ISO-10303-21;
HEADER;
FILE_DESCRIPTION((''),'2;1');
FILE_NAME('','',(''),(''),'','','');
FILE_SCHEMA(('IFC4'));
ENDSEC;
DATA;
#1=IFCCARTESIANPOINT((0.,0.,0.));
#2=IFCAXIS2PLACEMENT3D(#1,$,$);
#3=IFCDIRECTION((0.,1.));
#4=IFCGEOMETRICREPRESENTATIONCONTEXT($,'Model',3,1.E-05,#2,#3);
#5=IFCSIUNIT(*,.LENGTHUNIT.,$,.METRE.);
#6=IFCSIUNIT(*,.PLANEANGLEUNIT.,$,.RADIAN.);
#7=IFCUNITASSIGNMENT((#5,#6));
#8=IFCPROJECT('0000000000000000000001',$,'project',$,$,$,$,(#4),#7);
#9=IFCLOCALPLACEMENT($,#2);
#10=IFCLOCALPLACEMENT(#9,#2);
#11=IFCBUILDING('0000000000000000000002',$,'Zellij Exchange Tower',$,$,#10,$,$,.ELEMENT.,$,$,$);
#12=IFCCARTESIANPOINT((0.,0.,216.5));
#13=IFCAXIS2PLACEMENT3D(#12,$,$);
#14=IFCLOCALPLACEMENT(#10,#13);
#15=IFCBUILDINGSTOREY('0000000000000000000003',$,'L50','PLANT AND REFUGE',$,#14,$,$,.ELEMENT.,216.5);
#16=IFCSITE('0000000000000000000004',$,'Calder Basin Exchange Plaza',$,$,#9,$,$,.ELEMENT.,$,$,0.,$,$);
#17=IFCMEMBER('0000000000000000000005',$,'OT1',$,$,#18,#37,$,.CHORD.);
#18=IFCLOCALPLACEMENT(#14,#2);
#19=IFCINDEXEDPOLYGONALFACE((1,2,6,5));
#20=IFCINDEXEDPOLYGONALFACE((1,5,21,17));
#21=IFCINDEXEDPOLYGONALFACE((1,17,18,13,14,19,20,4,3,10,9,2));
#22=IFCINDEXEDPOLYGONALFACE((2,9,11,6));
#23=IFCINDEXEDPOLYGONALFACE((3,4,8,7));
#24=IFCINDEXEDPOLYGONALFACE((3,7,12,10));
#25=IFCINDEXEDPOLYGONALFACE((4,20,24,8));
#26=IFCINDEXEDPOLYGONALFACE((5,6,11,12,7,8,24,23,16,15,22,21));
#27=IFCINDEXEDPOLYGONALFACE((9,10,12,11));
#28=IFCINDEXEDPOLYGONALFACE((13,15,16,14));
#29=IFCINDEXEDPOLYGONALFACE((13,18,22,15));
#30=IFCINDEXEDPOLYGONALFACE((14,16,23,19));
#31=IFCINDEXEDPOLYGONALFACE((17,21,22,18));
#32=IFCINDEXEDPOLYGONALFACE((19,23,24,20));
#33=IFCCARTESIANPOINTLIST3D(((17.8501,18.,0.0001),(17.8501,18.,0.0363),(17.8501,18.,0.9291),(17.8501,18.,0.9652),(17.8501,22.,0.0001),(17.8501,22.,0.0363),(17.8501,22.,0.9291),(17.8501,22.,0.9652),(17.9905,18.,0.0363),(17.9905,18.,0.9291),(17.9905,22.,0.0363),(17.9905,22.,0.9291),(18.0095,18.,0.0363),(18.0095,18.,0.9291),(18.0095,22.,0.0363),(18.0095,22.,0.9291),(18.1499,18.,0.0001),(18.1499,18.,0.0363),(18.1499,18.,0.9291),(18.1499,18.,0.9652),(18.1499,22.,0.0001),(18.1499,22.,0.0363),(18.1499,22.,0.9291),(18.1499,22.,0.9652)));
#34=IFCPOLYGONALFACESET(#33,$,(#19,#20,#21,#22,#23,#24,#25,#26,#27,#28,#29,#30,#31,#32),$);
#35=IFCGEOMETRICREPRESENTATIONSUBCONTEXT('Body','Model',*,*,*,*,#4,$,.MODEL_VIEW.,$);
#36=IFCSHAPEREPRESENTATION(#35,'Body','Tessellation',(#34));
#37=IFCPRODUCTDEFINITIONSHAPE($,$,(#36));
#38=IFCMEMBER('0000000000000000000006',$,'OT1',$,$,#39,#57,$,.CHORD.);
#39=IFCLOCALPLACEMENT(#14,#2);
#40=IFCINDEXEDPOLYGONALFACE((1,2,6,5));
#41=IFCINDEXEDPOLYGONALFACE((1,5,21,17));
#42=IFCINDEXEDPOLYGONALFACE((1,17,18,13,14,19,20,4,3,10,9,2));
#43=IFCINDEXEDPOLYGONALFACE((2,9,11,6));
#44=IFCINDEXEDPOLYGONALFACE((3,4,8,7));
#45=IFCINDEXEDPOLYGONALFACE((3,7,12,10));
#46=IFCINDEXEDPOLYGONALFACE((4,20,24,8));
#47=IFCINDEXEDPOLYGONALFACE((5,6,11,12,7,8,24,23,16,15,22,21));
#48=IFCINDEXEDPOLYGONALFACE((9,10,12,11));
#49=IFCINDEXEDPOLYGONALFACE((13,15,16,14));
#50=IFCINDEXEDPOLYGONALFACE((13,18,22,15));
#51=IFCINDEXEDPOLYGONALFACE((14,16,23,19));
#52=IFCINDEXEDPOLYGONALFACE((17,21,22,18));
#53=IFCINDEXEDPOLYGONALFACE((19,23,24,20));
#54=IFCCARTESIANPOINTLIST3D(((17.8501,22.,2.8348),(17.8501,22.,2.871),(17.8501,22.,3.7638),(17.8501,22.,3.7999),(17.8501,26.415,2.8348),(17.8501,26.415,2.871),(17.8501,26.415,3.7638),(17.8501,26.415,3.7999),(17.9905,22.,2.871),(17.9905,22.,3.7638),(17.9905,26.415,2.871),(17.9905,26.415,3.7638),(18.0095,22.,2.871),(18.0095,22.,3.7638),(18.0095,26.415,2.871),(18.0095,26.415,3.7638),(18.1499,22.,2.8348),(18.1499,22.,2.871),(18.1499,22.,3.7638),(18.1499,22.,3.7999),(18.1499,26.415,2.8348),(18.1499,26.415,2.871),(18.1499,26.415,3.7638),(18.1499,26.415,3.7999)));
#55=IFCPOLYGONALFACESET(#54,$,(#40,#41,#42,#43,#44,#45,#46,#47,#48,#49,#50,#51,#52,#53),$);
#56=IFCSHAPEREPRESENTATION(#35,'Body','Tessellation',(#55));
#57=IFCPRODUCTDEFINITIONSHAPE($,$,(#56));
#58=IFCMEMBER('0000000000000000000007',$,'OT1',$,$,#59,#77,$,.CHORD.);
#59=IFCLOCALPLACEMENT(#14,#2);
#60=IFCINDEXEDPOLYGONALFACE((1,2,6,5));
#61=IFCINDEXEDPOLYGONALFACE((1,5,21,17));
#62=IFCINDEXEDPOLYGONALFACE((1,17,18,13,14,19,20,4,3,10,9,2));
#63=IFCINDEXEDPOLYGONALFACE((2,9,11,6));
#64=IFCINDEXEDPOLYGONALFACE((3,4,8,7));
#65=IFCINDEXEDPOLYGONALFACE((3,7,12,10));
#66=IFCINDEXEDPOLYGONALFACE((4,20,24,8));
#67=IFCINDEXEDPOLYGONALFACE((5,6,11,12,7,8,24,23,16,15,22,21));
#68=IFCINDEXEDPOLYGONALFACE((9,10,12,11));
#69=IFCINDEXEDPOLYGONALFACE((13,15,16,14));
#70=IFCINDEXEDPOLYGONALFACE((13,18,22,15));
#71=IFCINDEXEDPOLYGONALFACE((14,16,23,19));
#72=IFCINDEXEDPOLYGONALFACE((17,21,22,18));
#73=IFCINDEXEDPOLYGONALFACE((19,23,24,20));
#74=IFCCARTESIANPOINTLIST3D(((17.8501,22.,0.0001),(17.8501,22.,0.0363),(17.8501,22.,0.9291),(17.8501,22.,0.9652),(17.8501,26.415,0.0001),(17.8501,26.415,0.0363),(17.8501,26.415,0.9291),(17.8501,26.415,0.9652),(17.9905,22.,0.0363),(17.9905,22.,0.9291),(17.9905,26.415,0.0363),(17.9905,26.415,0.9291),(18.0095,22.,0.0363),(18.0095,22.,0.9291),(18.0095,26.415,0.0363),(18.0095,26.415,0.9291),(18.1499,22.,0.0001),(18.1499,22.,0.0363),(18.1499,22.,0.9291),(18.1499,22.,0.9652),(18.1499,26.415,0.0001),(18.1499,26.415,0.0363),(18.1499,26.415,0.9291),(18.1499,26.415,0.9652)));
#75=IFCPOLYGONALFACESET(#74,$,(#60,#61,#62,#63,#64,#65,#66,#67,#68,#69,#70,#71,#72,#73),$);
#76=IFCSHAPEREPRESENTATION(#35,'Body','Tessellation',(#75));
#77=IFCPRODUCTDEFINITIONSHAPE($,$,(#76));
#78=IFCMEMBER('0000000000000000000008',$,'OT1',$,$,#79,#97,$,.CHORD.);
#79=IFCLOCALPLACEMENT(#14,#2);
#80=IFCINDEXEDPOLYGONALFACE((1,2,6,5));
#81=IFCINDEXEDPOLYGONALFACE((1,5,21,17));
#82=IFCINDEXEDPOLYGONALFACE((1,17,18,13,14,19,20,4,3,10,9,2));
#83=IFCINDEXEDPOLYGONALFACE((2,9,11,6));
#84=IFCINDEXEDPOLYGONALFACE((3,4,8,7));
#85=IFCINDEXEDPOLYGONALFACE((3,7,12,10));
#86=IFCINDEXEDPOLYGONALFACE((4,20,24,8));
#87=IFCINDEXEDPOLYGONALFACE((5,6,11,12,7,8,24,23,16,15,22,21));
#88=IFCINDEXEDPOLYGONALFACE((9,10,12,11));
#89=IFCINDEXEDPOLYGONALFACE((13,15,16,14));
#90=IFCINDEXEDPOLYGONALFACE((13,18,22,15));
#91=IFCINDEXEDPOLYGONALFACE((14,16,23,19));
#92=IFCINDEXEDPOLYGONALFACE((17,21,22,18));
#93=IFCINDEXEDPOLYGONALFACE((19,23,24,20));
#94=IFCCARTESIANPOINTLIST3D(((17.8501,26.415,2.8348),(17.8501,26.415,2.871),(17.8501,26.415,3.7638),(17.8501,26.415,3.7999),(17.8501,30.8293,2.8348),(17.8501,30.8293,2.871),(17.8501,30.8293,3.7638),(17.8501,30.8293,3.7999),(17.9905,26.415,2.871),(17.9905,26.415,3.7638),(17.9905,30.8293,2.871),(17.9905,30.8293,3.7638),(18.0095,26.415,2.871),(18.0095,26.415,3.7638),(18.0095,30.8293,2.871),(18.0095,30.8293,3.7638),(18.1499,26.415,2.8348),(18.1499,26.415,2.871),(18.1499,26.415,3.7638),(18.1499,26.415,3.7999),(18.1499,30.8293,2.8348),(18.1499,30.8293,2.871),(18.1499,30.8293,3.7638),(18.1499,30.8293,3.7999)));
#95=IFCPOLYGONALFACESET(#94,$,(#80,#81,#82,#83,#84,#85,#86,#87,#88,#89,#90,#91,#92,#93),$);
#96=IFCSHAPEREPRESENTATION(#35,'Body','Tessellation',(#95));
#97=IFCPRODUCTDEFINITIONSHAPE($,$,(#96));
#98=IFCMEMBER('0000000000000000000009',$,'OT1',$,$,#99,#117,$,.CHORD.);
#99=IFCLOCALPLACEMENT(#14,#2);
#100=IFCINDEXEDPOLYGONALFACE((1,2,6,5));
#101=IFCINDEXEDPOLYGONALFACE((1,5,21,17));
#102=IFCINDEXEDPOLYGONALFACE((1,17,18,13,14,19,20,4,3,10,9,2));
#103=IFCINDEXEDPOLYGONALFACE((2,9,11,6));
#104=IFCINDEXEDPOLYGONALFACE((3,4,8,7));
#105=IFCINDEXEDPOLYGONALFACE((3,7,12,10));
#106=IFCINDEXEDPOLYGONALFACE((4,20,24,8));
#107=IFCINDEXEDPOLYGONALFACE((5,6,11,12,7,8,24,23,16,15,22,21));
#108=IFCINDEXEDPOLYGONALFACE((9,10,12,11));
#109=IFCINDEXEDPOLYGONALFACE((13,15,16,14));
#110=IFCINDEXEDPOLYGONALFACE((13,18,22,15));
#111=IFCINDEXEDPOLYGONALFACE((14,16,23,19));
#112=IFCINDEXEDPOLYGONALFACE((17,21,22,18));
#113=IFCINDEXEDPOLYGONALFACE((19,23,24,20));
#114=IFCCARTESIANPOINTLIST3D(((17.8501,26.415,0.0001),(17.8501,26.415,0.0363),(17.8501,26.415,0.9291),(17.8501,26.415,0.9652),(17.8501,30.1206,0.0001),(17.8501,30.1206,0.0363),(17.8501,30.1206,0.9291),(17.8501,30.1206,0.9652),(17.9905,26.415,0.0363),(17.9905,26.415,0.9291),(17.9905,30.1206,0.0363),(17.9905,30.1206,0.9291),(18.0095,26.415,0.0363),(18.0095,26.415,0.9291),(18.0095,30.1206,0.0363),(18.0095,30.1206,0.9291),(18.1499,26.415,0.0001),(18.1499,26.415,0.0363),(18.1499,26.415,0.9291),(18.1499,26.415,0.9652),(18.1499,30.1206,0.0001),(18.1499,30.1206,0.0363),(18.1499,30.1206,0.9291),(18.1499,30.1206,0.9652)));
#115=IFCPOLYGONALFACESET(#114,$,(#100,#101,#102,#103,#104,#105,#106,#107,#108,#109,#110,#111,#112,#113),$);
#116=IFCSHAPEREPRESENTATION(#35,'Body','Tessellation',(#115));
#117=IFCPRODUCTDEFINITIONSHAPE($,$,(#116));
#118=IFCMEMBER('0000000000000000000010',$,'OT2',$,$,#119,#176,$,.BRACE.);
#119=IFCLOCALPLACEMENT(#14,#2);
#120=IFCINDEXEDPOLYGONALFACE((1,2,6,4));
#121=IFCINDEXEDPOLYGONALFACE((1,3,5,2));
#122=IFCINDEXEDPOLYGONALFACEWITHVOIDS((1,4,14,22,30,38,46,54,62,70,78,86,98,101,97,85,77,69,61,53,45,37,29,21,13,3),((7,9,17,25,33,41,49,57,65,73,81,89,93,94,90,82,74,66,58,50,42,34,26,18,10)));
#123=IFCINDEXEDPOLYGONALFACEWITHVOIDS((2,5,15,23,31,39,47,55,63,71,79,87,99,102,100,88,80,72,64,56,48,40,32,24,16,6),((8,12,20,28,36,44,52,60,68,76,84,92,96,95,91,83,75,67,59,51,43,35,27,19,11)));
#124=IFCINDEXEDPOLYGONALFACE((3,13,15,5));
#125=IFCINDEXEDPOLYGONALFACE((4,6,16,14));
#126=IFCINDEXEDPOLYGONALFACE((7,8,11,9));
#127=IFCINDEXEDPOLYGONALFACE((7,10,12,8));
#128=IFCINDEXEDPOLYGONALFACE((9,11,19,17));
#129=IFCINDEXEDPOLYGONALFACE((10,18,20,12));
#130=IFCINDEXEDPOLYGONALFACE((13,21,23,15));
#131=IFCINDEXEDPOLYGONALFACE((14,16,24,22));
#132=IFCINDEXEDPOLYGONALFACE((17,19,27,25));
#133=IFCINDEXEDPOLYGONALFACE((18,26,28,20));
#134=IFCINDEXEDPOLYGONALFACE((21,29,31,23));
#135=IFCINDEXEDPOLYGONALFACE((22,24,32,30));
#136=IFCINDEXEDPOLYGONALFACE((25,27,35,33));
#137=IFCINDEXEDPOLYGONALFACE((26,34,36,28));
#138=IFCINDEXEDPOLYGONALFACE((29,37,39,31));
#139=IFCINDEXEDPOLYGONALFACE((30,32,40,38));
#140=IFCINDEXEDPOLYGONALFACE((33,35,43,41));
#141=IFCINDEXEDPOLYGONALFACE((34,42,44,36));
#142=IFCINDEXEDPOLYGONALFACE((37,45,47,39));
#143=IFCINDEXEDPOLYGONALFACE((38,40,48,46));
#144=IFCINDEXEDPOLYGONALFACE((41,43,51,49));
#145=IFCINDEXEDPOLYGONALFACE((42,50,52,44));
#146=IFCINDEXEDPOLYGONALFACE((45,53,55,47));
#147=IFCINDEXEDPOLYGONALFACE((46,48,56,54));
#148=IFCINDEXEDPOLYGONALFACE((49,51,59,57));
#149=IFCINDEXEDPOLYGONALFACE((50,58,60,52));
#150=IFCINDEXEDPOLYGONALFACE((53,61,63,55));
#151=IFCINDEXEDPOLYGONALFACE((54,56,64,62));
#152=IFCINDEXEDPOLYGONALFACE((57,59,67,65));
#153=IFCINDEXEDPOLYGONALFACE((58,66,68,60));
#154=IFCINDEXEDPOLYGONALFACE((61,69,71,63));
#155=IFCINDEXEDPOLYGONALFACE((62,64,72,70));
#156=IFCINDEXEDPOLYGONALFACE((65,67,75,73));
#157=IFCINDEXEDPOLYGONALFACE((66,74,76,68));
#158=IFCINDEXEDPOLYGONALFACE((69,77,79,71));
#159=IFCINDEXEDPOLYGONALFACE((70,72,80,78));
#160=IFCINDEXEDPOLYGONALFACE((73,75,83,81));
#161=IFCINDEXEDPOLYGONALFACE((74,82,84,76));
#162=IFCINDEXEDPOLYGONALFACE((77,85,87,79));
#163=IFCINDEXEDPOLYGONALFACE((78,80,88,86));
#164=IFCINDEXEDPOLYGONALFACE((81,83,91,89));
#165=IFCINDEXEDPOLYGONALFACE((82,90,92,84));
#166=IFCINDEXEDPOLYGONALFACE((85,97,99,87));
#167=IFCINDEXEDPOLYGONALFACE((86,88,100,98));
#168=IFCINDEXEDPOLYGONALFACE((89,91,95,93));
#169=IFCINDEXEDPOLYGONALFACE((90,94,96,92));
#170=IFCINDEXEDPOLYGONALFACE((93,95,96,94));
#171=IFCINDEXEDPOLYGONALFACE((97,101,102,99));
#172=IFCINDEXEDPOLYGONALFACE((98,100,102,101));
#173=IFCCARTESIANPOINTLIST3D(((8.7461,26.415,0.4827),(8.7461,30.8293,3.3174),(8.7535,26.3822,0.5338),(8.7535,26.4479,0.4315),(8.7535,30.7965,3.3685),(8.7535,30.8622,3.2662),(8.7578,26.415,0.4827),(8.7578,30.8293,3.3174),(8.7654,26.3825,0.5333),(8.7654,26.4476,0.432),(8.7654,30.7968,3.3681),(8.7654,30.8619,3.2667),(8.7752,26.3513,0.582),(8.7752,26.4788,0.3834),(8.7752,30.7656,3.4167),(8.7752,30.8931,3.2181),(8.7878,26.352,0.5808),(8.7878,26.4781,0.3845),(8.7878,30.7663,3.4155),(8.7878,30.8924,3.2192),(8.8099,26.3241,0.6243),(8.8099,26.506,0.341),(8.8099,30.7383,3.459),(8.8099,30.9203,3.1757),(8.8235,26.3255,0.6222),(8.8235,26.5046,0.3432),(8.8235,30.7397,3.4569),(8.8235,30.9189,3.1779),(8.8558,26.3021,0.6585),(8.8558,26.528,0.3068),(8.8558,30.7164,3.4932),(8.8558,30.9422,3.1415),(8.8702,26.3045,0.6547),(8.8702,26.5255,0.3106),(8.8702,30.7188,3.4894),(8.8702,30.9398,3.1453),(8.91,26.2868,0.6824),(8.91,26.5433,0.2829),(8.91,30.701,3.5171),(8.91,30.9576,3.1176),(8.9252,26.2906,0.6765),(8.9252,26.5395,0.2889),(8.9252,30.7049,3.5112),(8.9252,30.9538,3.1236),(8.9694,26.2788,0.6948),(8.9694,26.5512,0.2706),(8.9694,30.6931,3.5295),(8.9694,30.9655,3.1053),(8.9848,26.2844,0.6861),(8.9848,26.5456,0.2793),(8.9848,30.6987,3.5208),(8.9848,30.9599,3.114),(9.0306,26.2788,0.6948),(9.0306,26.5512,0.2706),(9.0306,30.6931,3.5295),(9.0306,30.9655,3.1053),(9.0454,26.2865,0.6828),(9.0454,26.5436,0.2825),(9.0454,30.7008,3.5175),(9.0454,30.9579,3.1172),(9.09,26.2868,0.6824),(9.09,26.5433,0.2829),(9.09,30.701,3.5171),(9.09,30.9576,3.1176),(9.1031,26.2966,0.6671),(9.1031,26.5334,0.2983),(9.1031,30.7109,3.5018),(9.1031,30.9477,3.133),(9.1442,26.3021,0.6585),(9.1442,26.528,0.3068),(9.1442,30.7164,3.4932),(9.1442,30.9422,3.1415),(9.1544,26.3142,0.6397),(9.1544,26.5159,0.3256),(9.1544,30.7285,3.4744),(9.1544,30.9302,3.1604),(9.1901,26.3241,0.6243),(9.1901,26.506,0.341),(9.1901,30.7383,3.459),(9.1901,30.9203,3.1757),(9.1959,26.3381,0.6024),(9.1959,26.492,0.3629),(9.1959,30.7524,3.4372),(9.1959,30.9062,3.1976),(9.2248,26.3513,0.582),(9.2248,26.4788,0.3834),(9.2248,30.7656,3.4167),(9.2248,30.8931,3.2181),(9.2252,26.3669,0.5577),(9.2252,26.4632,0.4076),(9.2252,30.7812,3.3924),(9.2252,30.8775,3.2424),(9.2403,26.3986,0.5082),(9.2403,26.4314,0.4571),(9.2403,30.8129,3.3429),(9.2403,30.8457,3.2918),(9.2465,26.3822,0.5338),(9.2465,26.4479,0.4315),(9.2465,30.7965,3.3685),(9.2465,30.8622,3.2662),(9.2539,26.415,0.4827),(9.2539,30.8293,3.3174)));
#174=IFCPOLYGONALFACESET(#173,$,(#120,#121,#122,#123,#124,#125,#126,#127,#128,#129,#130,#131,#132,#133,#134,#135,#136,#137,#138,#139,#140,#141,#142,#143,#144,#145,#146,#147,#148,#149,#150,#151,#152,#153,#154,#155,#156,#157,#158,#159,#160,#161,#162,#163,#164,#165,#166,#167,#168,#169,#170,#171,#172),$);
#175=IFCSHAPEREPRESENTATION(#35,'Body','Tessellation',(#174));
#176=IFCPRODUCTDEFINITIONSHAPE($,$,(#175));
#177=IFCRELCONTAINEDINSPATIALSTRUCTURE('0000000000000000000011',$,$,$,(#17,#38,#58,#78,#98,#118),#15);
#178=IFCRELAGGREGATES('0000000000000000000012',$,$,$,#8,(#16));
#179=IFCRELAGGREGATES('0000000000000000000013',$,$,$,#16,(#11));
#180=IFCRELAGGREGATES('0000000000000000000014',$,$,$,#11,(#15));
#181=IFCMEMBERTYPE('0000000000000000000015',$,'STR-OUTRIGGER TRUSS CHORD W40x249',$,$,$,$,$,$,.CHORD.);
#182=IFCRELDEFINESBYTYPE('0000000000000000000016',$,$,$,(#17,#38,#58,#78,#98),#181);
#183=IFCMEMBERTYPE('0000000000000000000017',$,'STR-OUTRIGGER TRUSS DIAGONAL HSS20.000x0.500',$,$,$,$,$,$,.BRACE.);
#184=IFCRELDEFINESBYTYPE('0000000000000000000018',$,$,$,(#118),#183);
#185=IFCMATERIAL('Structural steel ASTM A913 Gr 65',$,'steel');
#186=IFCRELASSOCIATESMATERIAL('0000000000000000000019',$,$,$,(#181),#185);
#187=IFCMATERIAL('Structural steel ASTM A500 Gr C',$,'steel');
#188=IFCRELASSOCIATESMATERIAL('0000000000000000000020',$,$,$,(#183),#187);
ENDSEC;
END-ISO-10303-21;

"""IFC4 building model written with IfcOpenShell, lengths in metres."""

from ifc_helpers import new_model, si_unit, direction, frame, origin, origin_2d, place, context, subcontext, project, spatial, hollow_circle, i_section, extrude, material, material_profile, profile_set, type_object, element, save


model = new_model("IFC4")

# Units and contexts
model_context = context("Model", 3, precision=1e-05, world=origin(), true_north=direction((0.0, 1.0)))
body_context = subcontext(model_context, "Body", "Model", "MODEL_VIEW")
ifc_project = project(units=[si_unit("LENGTHUNIT", "METRE"), si_unit("PLANEANGLEUNIT", "RADIAN")], contexts=[model_context])

# Site, building, storey
site_placement = place(None, origin())
site = spatial("IfcSite", under=ifc_project, at=site_placement, Name="Calder Basin Exchange Plaza", CompositionType="ELEMENT", RefElevation=0.0)
building_placement = place(site_placement, origin())
building = spatial("IfcBuilding", under=site, at=building_placement, Name="Zellij Exchange Tower", CompositionType="ELEMENT")
storey_placement = place(building_placement, frame((0.0, 0.0, 216.5)))
storey = spatial("IfcBuildingStorey", under=building, at=storey_placement, Name="L50", Description="PLANT AND REFUGE", CompositionType="ELEMENT", Elevation=216.5)

# Shared definitions
ifc_material_1 = material(Name="Structural steel ASTM A913 Gr 65", Category="steel")

# Members
ifc_material_profile_1 = material_profile(ifc_material_1, i_section(OverallWidth=0.2998, OverallDepth=0.9651, WebThickness=0.019, FlangeThickness=0.0361, at=origin_2d()), Name="W40x249")
ifc_profile_set_1 = profile_set([ifc_material_profile_1], Name="Structural steel ASTM A913 Gr 65")
member_type_1 = type_object("IfcMemberType", Name="STR-OUTRIGGER TRUSS CHORD W40x249", PredefinedType="CHORD", material=ifc_profile_set_1)
for number, where, z_axis, x_axis, name in (
    (1, (18.0, 18.0, 0.4827), (0.0, 1.0, 0.0), (-1.0, 0.0, 0.0), "OT1"),
):
    element("IfcMember", number, at=place(storey_placement, frame(where, z_axis=z_axis, x_axis=x_axis)), inside=storey, type_object=member_type_1, Name=name, PredefinedType="CHORD", context=body_context, shape_type="SweptSolid", body=[
        extrude(i_section(OverallWidth=0.2998, OverallDepth=0.9651, WebThickness=0.019, FlangeThickness=0.0361, at=origin_2d()), origin(), (0.0, 0.0, 1.0), 4.0),
    ])
for number, where, z_axis, x_axis, name in (
    (2, (18.0, 22.0, 3.3174), (0.0, 1.0, 0.0), (-1.0, 0.0, 0.0), "OT1"),
    (3, (18.0, 22.0, 0.4827), (0.0, 1.0, 0.0), (-1.0, 0.0, 0.0), "OT1"),
):
    element("IfcMember", number, at=place(storey_placement, frame(where, z_axis=z_axis, x_axis=x_axis)), inside=storey, type_object=member_type_1, Name=name, PredefinedType="CHORD", context=body_context, shape_type="SweptSolid", body=[
        extrude(i_section(OverallWidth=0.2998, OverallDepth=0.9651, WebThickness=0.019, FlangeThickness=0.0361, at=origin_2d()), origin(), (0.0, 0.0, 1.0), 4.415),
    ])
member_1_placement = place(storey_placement, frame((18.0, 26.415, 3.3174), z_axis=(0.0, 1.0, 0.0), x_axis=(-1.0, 0.0, 0.0)))
element("IfcMember", 4, at=member_1_placement, inside=storey, type_object=member_type_1, Name="OT1", PredefinedType="CHORD", context=body_context, shape_type="SweptSolid", body=[
    extrude(i_section(OverallWidth=0.2998, OverallDepth=0.9651, WebThickness=0.019, FlangeThickness=0.0361, at=origin_2d()), origin(), (0.0, 0.0, 1.0), 4.4143),
])
member_2_placement = place(storey_placement, frame((18.0, 26.415, 0.4827), z_axis=(0.0, 1.0, 0.0), x_axis=(-1.0, 0.0, 0.0)))
element("IfcMember", 5, at=member_2_placement, inside=storey, type_object=member_type_1, Name="OT1", PredefinedType="CHORD", context=body_context, shape_type="SweptSolid", body=[
    extrude(i_section(OverallWidth=0.2998, OverallDepth=0.9651, WebThickness=0.019, FlangeThickness=0.0361, at=origin_2d()), origin(), (0.0, 0.0, 1.0), 3.7056),
])
ifc_material_2 = material(Name="Structural steel ASTM A500 Gr C", Category="steel")
ifc_material_profile_2 = material_profile(ifc_material_2, hollow_circle(Radius=0.2539, WallThickness=0.0117, at=origin_2d()), Name="STR-OUTRIGGER TRUSS DIAGONAL HSS20.000x0.500")
ifc_profile_set_2 = profile_set([ifc_material_profile_2], Name="Structural steel ASTM A500 Gr C")
member_type_2 = type_object("IfcMemberType", Name="STR-OUTRIGGER TRUSS DIAGONAL HSS20.000x0.500", PredefinedType="BRACE", material=ifc_profile_set_2)
member_3_placement = place(storey_placement, frame((9.0, 26.415, 0.4827), z_axis=(0.0, 0.841443, 0.540346), x_axis=(-1.0, 0.0, 0.0)))
element("IfcMember", 6, at=member_3_placement, inside=storey, type_object=member_type_2, Name="OT2", PredefinedType="BRACE", context=body_context, shape_type="SweptSolid", body=[
    extrude(hollow_circle(Radius=0.2539, WallThickness=0.0117, at=origin_2d()), origin(), (0.0, 0.0, 1.0), 5.2461),
])

save(model, "model.ifc")
